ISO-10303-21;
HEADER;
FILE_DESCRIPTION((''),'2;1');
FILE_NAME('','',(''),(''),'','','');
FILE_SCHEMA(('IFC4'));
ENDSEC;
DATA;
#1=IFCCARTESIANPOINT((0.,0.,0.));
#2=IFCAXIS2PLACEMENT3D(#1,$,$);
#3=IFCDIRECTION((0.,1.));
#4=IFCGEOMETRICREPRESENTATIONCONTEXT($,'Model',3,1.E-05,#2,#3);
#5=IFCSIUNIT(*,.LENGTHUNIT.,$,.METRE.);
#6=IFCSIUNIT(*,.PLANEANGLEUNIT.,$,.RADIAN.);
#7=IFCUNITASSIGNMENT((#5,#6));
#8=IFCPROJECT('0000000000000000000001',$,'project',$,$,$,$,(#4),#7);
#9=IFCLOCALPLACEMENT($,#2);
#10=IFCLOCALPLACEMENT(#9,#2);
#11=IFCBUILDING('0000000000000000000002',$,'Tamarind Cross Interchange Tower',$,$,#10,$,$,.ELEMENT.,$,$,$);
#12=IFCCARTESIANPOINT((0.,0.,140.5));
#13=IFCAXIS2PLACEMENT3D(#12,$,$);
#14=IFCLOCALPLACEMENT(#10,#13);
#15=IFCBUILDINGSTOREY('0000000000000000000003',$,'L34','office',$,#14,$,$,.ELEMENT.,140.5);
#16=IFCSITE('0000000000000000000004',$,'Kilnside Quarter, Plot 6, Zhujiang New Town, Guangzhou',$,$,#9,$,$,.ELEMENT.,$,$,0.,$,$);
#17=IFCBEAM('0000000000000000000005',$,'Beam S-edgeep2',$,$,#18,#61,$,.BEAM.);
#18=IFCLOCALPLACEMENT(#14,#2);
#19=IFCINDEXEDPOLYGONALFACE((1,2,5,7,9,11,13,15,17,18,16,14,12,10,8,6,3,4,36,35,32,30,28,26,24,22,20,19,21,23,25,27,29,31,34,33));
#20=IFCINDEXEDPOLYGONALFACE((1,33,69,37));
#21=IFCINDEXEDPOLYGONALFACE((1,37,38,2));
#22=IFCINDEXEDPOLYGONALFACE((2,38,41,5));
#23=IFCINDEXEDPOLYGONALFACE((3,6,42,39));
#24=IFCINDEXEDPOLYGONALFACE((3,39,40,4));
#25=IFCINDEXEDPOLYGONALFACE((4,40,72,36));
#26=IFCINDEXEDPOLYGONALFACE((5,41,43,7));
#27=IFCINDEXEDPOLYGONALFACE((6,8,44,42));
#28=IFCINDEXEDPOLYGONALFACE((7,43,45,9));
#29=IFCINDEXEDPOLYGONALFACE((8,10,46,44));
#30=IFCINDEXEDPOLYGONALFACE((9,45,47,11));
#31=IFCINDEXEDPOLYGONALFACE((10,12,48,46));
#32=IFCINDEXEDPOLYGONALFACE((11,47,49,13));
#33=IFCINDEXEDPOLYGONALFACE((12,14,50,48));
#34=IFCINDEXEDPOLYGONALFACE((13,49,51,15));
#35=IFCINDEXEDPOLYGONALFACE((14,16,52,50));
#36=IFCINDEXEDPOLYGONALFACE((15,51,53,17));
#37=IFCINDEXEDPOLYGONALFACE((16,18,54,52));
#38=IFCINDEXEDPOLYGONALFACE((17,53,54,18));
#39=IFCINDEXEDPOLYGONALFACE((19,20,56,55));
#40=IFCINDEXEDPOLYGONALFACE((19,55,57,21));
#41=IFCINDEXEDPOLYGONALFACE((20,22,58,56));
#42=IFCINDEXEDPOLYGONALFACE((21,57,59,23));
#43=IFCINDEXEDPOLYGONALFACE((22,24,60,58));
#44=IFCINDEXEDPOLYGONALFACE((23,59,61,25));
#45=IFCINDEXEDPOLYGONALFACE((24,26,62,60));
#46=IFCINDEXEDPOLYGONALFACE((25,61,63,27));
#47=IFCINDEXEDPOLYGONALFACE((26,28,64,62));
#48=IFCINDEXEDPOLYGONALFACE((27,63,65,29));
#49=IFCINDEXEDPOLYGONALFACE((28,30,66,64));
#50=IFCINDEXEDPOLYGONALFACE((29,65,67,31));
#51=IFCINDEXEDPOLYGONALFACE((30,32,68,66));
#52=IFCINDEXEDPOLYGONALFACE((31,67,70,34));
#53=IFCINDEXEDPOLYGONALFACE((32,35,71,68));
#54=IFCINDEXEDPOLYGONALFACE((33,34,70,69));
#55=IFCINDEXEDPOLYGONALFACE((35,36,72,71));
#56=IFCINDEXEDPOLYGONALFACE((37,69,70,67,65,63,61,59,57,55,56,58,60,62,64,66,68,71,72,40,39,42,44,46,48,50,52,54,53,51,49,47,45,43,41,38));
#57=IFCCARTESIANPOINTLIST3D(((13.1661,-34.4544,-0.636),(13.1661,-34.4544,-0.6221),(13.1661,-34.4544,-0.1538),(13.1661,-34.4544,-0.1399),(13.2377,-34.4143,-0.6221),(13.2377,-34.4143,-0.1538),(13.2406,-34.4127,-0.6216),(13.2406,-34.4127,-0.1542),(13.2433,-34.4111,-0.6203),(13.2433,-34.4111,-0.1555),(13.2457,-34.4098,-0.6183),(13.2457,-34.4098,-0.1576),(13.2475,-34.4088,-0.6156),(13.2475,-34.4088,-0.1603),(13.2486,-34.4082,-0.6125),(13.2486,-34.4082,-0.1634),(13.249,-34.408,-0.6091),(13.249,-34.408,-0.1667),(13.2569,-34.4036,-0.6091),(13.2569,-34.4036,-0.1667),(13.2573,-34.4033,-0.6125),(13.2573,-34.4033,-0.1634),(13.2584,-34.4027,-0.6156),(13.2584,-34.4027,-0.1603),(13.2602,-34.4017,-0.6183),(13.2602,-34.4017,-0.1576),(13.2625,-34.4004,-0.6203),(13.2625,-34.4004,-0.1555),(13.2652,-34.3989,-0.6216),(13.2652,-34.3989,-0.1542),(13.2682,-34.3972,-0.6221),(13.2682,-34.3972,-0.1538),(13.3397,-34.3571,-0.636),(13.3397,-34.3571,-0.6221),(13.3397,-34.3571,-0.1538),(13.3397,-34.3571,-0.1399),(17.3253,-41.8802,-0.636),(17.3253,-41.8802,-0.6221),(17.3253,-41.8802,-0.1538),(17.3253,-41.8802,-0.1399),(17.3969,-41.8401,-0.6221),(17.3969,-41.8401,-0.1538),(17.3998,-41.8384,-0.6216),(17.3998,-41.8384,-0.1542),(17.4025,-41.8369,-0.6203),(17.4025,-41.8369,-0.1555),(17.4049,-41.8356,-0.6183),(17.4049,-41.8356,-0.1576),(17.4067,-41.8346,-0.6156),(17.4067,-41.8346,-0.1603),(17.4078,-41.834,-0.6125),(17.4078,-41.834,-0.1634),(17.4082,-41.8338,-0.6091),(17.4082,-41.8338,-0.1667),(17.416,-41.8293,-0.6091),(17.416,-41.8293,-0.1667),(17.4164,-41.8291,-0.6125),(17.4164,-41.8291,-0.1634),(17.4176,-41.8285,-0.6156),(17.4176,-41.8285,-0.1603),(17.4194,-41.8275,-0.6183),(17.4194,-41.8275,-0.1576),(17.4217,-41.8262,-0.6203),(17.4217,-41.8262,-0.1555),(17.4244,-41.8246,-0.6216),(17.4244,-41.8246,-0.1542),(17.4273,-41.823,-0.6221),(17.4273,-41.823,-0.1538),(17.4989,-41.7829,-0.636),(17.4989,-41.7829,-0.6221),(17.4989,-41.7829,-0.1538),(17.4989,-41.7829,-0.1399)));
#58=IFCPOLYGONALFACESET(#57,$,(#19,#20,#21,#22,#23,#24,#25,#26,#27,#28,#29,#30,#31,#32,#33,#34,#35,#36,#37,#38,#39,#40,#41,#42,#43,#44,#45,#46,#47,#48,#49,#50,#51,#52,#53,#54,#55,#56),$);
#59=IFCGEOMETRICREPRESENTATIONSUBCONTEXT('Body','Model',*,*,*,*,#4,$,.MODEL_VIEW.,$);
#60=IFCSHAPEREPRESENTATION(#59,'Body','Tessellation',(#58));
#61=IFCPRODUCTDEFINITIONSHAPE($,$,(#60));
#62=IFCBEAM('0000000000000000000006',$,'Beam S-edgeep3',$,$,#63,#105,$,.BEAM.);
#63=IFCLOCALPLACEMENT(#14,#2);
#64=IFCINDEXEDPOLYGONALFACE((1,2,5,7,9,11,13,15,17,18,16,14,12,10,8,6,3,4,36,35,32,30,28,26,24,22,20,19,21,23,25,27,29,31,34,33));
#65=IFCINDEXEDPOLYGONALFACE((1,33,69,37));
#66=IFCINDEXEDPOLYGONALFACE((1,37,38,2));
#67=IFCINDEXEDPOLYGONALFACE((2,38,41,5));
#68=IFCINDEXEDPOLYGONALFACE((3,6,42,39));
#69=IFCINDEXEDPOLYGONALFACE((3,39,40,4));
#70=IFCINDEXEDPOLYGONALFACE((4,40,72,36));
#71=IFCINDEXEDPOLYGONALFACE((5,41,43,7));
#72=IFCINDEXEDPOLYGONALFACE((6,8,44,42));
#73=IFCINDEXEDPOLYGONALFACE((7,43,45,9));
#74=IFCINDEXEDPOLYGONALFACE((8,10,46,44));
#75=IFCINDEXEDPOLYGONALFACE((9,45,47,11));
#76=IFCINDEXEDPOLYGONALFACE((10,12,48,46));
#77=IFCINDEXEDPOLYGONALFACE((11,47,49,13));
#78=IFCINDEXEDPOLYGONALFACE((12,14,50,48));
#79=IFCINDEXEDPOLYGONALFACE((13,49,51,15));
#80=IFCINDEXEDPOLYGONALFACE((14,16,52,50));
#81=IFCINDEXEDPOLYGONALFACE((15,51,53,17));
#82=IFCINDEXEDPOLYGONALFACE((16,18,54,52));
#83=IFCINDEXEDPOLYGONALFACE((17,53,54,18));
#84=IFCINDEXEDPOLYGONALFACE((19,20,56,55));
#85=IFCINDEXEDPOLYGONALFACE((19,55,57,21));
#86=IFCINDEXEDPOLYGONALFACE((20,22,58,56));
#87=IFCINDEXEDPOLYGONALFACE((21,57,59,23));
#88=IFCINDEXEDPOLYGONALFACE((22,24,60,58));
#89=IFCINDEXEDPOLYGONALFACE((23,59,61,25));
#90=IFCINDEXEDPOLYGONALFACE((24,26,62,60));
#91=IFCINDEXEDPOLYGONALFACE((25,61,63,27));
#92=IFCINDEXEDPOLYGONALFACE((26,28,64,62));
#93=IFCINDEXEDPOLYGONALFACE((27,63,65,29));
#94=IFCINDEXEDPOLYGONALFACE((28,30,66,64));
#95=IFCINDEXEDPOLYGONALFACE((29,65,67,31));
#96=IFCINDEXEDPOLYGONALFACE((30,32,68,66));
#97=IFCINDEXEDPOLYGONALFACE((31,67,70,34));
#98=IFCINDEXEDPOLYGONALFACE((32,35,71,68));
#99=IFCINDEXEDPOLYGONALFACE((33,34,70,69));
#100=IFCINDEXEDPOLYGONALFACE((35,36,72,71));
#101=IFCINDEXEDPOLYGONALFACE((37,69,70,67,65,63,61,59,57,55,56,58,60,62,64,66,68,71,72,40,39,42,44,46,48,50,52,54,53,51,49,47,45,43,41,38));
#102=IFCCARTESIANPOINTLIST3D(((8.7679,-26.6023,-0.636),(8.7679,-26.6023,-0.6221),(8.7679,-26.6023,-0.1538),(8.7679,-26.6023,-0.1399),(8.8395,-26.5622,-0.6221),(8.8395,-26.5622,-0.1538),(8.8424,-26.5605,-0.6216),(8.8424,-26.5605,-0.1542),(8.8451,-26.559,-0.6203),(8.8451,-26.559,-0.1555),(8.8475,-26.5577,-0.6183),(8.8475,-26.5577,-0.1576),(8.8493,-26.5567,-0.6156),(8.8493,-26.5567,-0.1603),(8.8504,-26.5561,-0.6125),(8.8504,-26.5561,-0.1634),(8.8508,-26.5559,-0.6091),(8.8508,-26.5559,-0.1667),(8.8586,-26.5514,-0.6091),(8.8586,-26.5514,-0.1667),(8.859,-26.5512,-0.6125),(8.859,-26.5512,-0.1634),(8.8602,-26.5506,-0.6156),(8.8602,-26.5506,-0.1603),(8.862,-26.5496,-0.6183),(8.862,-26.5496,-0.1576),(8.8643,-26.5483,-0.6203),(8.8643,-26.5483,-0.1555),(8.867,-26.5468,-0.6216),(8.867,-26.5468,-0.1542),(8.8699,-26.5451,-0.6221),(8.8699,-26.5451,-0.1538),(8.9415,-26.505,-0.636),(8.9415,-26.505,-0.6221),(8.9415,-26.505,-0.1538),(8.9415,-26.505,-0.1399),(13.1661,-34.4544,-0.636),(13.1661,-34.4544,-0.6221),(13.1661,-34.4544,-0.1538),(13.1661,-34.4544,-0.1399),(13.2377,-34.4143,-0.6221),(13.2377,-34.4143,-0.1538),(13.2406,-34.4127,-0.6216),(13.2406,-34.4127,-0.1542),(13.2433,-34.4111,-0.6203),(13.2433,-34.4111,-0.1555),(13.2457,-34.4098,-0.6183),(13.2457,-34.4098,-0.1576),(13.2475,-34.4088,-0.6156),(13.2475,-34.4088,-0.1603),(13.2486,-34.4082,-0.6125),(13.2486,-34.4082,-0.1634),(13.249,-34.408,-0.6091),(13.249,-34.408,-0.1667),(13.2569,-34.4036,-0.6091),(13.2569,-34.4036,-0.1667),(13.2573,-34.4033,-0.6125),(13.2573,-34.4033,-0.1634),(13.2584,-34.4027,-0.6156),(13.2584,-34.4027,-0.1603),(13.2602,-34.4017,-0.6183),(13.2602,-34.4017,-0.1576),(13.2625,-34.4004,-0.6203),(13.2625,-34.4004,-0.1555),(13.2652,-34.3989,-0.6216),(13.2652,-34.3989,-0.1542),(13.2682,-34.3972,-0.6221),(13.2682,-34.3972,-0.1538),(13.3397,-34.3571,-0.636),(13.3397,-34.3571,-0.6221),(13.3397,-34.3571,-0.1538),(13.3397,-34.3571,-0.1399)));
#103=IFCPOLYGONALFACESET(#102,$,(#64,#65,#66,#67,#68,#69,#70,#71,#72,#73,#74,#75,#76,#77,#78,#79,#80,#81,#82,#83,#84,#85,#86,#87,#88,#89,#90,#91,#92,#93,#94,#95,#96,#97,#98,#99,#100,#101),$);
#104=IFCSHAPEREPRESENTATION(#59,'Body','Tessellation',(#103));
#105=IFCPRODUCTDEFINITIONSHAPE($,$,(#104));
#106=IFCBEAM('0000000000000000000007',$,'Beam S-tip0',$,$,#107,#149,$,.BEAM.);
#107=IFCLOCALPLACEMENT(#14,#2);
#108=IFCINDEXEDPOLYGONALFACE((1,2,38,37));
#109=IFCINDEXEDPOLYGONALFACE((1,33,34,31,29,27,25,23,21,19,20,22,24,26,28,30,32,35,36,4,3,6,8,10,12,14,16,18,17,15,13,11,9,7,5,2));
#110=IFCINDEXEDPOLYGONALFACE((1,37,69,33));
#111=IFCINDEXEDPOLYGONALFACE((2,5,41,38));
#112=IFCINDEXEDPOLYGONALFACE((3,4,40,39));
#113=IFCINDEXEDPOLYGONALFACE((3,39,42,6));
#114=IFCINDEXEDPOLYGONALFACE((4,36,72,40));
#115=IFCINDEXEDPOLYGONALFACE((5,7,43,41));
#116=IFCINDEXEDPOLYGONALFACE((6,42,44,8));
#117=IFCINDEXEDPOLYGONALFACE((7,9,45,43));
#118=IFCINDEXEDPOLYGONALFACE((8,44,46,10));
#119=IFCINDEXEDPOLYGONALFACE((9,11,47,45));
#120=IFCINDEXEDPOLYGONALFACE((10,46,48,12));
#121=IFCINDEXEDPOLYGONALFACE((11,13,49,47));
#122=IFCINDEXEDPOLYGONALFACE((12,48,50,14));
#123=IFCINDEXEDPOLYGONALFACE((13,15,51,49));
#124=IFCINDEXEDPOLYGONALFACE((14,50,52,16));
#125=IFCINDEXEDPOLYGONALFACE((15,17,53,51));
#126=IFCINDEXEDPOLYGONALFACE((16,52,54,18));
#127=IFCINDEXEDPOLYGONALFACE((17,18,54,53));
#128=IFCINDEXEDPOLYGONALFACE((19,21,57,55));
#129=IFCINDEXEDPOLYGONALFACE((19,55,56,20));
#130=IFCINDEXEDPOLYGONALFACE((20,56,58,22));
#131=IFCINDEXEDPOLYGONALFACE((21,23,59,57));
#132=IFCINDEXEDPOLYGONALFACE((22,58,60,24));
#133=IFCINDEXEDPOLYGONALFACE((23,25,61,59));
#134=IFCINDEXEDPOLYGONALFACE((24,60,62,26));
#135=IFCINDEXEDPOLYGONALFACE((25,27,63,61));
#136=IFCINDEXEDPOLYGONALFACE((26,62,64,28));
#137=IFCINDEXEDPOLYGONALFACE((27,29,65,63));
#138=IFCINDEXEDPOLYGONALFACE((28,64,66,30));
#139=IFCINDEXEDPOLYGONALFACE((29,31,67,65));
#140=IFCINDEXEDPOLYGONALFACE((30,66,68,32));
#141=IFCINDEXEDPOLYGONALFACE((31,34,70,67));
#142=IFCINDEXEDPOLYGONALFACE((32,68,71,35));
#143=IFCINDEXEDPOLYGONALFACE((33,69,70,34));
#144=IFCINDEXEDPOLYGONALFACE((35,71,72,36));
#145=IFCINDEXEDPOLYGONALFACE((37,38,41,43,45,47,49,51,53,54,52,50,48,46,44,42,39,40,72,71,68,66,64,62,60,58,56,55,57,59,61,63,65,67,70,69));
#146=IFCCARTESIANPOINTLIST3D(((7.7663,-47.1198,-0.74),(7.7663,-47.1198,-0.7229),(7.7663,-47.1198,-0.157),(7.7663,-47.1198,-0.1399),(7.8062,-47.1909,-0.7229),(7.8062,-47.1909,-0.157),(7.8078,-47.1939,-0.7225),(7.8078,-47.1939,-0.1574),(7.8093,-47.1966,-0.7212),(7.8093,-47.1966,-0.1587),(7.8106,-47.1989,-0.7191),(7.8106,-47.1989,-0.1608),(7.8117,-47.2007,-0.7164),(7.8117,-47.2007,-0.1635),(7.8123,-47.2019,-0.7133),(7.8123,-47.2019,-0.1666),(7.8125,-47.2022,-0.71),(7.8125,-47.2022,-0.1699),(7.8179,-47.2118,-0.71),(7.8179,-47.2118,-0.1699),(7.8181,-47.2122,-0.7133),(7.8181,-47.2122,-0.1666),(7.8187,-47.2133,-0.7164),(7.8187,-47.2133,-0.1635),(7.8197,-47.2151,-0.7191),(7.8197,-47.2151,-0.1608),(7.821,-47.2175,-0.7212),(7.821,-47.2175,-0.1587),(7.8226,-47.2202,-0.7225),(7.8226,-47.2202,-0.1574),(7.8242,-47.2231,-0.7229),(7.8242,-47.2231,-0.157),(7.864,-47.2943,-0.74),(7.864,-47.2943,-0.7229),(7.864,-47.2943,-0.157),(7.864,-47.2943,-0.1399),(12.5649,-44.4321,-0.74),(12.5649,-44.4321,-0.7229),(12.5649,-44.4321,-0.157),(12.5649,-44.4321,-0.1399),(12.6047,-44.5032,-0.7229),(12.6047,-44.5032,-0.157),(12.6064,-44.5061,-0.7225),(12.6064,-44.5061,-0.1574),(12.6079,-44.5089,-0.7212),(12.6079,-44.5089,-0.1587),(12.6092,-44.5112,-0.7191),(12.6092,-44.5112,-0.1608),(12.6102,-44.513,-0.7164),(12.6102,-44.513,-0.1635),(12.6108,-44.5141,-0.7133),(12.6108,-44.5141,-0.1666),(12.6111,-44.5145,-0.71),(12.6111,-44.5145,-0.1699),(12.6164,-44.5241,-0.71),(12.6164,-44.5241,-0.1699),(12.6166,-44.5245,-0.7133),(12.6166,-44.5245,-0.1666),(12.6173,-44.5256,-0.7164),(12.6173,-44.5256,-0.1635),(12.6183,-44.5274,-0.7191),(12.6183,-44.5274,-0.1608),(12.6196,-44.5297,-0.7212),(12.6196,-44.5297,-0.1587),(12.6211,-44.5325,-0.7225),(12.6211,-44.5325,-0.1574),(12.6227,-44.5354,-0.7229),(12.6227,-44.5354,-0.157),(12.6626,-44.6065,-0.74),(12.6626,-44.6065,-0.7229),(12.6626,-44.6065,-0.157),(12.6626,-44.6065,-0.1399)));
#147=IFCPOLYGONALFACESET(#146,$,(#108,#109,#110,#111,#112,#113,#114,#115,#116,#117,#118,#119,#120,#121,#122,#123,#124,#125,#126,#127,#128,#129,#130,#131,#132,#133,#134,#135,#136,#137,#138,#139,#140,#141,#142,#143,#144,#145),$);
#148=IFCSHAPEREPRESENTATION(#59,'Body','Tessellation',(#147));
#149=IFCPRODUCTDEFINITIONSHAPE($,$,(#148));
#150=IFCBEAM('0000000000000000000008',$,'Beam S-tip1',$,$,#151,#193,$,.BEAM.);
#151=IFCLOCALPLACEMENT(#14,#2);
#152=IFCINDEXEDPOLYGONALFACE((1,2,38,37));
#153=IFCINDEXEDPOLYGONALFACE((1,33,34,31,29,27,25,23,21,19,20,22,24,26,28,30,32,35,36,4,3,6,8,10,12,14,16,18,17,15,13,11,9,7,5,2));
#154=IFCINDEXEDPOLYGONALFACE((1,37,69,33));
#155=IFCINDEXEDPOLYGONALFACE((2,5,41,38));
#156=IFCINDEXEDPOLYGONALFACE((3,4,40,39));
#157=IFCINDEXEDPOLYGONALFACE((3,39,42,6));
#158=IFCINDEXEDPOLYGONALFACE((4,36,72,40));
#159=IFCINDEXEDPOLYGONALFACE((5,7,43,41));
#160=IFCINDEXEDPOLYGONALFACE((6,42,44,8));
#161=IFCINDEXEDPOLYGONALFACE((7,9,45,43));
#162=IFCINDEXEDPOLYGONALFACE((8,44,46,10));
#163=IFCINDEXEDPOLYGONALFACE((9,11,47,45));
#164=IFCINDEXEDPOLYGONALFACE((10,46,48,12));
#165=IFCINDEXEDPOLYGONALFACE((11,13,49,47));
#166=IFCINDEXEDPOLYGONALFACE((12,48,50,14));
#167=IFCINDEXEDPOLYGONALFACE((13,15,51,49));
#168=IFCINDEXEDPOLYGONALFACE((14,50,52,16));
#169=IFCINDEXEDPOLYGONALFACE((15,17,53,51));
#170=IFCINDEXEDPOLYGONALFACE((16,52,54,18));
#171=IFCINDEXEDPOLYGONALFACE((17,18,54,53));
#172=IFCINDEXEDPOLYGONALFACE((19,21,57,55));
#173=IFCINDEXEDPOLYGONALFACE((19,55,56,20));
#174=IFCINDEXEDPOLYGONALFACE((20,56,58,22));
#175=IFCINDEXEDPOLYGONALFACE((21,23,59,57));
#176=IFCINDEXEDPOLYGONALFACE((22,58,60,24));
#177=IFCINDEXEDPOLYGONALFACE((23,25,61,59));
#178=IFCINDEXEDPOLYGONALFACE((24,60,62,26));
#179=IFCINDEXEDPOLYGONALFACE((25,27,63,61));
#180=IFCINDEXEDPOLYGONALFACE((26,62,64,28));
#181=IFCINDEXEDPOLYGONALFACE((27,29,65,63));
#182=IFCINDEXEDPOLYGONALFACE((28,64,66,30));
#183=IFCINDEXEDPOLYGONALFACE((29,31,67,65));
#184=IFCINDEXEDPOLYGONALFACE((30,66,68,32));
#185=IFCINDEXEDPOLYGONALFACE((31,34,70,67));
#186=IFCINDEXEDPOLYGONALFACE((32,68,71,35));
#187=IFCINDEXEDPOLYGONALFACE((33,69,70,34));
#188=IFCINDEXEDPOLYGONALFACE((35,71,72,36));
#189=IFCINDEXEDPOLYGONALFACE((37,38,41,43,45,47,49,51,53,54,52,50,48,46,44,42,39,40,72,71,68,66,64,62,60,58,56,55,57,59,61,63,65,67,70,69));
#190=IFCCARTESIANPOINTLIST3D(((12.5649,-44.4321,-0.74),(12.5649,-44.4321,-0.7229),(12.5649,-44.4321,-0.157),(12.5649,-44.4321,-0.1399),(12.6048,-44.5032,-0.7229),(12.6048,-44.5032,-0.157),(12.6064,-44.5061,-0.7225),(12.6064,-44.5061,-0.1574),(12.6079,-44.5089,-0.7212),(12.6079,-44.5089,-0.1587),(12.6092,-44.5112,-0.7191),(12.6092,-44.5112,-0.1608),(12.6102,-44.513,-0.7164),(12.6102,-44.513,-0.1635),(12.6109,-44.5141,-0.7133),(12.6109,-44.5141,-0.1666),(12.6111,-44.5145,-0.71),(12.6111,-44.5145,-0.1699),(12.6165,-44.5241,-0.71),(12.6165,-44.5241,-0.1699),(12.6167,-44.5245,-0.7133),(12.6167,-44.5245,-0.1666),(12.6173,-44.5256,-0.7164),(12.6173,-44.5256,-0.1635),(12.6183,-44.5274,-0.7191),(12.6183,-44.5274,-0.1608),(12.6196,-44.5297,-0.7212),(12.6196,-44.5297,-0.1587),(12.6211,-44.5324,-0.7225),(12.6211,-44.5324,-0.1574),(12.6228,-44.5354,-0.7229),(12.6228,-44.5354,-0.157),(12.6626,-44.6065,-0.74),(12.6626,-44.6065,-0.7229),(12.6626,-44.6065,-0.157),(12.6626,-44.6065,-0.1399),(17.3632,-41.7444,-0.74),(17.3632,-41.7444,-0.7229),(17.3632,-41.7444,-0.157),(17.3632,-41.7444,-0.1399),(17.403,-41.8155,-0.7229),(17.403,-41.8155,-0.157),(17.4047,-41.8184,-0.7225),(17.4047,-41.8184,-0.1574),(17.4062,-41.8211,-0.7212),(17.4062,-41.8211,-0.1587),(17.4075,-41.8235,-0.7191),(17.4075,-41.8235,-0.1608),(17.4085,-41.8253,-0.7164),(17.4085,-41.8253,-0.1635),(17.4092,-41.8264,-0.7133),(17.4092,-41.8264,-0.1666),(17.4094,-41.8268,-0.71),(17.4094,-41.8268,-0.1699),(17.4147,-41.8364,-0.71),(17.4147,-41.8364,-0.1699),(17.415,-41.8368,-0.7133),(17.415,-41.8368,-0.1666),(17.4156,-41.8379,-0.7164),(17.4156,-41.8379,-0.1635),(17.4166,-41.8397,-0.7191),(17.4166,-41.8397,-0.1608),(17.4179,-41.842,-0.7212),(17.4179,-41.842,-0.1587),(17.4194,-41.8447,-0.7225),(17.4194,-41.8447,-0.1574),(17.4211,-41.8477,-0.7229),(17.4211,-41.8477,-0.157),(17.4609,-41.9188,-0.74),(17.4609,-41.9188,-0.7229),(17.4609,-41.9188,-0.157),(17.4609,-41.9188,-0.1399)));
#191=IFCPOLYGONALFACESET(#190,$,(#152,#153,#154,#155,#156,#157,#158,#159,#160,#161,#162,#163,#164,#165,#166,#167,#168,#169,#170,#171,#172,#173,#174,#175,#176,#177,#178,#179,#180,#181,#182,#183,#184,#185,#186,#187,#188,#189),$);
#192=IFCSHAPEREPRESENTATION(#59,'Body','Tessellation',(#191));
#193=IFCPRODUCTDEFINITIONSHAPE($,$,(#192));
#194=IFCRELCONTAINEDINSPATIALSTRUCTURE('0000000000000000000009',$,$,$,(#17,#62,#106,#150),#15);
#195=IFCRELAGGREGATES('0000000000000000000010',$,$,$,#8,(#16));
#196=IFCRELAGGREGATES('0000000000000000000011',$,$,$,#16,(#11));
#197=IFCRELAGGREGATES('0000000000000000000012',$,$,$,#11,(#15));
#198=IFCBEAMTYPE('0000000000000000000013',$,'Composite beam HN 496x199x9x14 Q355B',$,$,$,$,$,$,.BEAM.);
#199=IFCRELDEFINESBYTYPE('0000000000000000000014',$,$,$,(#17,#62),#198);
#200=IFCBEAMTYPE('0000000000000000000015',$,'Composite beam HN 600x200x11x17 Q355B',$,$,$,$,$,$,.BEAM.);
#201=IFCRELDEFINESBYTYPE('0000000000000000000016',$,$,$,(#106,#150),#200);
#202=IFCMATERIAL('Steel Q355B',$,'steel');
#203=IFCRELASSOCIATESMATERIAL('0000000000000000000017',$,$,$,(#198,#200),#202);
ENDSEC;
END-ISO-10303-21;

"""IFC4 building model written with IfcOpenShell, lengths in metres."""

from ifc_helpers import new_model, si_unit, direction, frame, origin, origin_2d, place, context, subcontext, project, spatial, i_section, extrude, material, material_profile, profile_set, type_object, element, save


model = new_model("IFC4")

# Units and contexts
model_context = context("Model", 3, precision=1e-05, world=origin(), true_north=direction((0.0, 1.0)))
body_context = subcontext(model_context, "Body", "Model", "MODEL_VIEW")
ifc_project = project(units=[si_unit("LENGTHUNIT", "METRE"), si_unit("PLANEANGLEUNIT", "RADIAN")], contexts=[model_context])

# Site, building, storey
site_placement = place(None, origin())
site = spatial("IfcSite", under=ifc_project, at=site_placement, Name="Kilnside Quarter, Plot 6, Zhujiang New Town, Guangzhou", CompositionType="ELEMENT", RefElevation=0.0)
building_placement = place(site_placement, origin())
building = spatial("IfcBuilding", under=site, at=building_placement, Name="Tamarind Cross Interchange Tower", CompositionType="ELEMENT")
storey_placement = place(building_placement, frame((0.0, 0.0, 140.5)))
storey = spatial("IfcBuildingStorey", under=building, at=storey_placement, Name="L34", Description="office", CompositionType="ELEMENT", Elevation=140.5)

# Beams
ifc_material_1 = material(Name="Steel Q355B", Category="steel")
ifc_material_profile_1 = material_profile(ifc_material_1, i_section(OverallWidth=0.199, OverallDepth=0.4961, WebThickness=0.009, FlangeThickness=0.0139, FilletRadius=0.0129, at=origin_2d()), Name="HN 496x199x9x14")
ifc_profile_set_1 = profile_set([ifc_material_profile_1], Name="Steel Q355B")
beam_type_1 = type_object("IfcBeamType", Name="Composite beam HN 496x199x9x14 Q355B", PredefinedType="BEAM", material=ifc_profile_set_1)
beam_1_placement = place(storey_placement, frame((17.4121, -41.8315, -0.3879), z_axis=(-0.48867, 0.872469, 0.0), x_axis=(-0.872469, -0.48867, 0.0)))
element("IfcBeam", 1, at=beam_1_placement, inside=storey, type_object=beam_type_1, Name="Beam S-edgeep2", PredefinedType="BEAM", context=body_context, shape_type="SweptSolid", body=[
    extrude(i_section(OverallWidth=0.199, OverallDepth=0.4961, WebThickness=0.009, FlangeThickness=0.0139, FilletRadius=0.0129, at=origin_2d()), origin(), (0.0, 0.0, 1.0), 8.5112),
])
beam_2_placement = place(storey_placement, frame((13.2529, -34.4058, -0.3879), z_axis=(-0.488692, 0.872457, 0.0), x_axis=(-0.872457, -0.488692, 0.0)))
element("IfcBeam", 2, at=beam_2_placement, inside=storey, type_object=beam_type_1, Name="Beam S-edgeep3", PredefinedType="BEAM", context=body_context, shape_type="SweptSolid", body=[
    extrude(i_section(OverallWidth=0.199, OverallDepth=0.4961, WebThickness=0.009, FlangeThickness=0.0139, FilletRadius=0.0129, at=origin_2d()), origin(), (0.0, 0.0, 1.0), 9.0),
])
ifc_material_profile_2 = material_profile(ifc_material_1, i_section(OverallWidth=0.2, OverallDepth=0.6001, WebThickness=0.011, FlangeThickness=0.0171, FilletRadius=0.0129, at=origin_2d()), Name="HN 600x200x11x17")
ifc_profile_set_2 = profile_set([ifc_material_profile_2], Name="Steel Q355B")
beam_type_2 = type_object("IfcBeamType", Name="Composite beam HN 600x200x11x17 Q355B", PredefinedType="BEAM", material=ifc_profile_set_2)
beam_3_placement = place(storey_placement, frame((7.8152, -47.207, -0.4399), z_axis=(0.872464, 0.488678, 0.0), x_axis=(-0.488678, 0.872464, 0.0)))
element("IfcBeam", 3, at=beam_3_placement, inside=storey, type_object=beam_type_2, Name="Beam S-tip0", PredefinedType="BEAM", context=body_context, shape_type="SweptSolid", body=[
    extrude(i_section(OverallWidth=0.2, OverallDepth=0.6001, WebThickness=0.011, FlangeThickness=0.0171, FilletRadius=0.0129, at=origin_2d()), origin(), (0.0, 0.0, 1.0), 5.5),
])
beam_4_placement = place(storey_placement, frame((12.6138, -44.5193, -0.4399), z_axis=(0.872454, 0.488697, 0.0), x_axis=(-0.488697, 0.872454, 0.0)))
element("IfcBeam", 4, at=beam_4_placement, inside=storey, type_object=beam_type_2, Name="Beam S-tip1", PredefinedType="BEAM", context=body_context, shape_type="SweptSolid", body=[
    extrude(i_section(OverallWidth=0.2, OverallDepth=0.6001, WebThickness=0.011, FlangeThickness=0.0171, FilletRadius=0.0129, at=origin_2d()), origin(), (0.0, 0.0, 1.0), 5.4998),
])

save(model, "model.ifc")
